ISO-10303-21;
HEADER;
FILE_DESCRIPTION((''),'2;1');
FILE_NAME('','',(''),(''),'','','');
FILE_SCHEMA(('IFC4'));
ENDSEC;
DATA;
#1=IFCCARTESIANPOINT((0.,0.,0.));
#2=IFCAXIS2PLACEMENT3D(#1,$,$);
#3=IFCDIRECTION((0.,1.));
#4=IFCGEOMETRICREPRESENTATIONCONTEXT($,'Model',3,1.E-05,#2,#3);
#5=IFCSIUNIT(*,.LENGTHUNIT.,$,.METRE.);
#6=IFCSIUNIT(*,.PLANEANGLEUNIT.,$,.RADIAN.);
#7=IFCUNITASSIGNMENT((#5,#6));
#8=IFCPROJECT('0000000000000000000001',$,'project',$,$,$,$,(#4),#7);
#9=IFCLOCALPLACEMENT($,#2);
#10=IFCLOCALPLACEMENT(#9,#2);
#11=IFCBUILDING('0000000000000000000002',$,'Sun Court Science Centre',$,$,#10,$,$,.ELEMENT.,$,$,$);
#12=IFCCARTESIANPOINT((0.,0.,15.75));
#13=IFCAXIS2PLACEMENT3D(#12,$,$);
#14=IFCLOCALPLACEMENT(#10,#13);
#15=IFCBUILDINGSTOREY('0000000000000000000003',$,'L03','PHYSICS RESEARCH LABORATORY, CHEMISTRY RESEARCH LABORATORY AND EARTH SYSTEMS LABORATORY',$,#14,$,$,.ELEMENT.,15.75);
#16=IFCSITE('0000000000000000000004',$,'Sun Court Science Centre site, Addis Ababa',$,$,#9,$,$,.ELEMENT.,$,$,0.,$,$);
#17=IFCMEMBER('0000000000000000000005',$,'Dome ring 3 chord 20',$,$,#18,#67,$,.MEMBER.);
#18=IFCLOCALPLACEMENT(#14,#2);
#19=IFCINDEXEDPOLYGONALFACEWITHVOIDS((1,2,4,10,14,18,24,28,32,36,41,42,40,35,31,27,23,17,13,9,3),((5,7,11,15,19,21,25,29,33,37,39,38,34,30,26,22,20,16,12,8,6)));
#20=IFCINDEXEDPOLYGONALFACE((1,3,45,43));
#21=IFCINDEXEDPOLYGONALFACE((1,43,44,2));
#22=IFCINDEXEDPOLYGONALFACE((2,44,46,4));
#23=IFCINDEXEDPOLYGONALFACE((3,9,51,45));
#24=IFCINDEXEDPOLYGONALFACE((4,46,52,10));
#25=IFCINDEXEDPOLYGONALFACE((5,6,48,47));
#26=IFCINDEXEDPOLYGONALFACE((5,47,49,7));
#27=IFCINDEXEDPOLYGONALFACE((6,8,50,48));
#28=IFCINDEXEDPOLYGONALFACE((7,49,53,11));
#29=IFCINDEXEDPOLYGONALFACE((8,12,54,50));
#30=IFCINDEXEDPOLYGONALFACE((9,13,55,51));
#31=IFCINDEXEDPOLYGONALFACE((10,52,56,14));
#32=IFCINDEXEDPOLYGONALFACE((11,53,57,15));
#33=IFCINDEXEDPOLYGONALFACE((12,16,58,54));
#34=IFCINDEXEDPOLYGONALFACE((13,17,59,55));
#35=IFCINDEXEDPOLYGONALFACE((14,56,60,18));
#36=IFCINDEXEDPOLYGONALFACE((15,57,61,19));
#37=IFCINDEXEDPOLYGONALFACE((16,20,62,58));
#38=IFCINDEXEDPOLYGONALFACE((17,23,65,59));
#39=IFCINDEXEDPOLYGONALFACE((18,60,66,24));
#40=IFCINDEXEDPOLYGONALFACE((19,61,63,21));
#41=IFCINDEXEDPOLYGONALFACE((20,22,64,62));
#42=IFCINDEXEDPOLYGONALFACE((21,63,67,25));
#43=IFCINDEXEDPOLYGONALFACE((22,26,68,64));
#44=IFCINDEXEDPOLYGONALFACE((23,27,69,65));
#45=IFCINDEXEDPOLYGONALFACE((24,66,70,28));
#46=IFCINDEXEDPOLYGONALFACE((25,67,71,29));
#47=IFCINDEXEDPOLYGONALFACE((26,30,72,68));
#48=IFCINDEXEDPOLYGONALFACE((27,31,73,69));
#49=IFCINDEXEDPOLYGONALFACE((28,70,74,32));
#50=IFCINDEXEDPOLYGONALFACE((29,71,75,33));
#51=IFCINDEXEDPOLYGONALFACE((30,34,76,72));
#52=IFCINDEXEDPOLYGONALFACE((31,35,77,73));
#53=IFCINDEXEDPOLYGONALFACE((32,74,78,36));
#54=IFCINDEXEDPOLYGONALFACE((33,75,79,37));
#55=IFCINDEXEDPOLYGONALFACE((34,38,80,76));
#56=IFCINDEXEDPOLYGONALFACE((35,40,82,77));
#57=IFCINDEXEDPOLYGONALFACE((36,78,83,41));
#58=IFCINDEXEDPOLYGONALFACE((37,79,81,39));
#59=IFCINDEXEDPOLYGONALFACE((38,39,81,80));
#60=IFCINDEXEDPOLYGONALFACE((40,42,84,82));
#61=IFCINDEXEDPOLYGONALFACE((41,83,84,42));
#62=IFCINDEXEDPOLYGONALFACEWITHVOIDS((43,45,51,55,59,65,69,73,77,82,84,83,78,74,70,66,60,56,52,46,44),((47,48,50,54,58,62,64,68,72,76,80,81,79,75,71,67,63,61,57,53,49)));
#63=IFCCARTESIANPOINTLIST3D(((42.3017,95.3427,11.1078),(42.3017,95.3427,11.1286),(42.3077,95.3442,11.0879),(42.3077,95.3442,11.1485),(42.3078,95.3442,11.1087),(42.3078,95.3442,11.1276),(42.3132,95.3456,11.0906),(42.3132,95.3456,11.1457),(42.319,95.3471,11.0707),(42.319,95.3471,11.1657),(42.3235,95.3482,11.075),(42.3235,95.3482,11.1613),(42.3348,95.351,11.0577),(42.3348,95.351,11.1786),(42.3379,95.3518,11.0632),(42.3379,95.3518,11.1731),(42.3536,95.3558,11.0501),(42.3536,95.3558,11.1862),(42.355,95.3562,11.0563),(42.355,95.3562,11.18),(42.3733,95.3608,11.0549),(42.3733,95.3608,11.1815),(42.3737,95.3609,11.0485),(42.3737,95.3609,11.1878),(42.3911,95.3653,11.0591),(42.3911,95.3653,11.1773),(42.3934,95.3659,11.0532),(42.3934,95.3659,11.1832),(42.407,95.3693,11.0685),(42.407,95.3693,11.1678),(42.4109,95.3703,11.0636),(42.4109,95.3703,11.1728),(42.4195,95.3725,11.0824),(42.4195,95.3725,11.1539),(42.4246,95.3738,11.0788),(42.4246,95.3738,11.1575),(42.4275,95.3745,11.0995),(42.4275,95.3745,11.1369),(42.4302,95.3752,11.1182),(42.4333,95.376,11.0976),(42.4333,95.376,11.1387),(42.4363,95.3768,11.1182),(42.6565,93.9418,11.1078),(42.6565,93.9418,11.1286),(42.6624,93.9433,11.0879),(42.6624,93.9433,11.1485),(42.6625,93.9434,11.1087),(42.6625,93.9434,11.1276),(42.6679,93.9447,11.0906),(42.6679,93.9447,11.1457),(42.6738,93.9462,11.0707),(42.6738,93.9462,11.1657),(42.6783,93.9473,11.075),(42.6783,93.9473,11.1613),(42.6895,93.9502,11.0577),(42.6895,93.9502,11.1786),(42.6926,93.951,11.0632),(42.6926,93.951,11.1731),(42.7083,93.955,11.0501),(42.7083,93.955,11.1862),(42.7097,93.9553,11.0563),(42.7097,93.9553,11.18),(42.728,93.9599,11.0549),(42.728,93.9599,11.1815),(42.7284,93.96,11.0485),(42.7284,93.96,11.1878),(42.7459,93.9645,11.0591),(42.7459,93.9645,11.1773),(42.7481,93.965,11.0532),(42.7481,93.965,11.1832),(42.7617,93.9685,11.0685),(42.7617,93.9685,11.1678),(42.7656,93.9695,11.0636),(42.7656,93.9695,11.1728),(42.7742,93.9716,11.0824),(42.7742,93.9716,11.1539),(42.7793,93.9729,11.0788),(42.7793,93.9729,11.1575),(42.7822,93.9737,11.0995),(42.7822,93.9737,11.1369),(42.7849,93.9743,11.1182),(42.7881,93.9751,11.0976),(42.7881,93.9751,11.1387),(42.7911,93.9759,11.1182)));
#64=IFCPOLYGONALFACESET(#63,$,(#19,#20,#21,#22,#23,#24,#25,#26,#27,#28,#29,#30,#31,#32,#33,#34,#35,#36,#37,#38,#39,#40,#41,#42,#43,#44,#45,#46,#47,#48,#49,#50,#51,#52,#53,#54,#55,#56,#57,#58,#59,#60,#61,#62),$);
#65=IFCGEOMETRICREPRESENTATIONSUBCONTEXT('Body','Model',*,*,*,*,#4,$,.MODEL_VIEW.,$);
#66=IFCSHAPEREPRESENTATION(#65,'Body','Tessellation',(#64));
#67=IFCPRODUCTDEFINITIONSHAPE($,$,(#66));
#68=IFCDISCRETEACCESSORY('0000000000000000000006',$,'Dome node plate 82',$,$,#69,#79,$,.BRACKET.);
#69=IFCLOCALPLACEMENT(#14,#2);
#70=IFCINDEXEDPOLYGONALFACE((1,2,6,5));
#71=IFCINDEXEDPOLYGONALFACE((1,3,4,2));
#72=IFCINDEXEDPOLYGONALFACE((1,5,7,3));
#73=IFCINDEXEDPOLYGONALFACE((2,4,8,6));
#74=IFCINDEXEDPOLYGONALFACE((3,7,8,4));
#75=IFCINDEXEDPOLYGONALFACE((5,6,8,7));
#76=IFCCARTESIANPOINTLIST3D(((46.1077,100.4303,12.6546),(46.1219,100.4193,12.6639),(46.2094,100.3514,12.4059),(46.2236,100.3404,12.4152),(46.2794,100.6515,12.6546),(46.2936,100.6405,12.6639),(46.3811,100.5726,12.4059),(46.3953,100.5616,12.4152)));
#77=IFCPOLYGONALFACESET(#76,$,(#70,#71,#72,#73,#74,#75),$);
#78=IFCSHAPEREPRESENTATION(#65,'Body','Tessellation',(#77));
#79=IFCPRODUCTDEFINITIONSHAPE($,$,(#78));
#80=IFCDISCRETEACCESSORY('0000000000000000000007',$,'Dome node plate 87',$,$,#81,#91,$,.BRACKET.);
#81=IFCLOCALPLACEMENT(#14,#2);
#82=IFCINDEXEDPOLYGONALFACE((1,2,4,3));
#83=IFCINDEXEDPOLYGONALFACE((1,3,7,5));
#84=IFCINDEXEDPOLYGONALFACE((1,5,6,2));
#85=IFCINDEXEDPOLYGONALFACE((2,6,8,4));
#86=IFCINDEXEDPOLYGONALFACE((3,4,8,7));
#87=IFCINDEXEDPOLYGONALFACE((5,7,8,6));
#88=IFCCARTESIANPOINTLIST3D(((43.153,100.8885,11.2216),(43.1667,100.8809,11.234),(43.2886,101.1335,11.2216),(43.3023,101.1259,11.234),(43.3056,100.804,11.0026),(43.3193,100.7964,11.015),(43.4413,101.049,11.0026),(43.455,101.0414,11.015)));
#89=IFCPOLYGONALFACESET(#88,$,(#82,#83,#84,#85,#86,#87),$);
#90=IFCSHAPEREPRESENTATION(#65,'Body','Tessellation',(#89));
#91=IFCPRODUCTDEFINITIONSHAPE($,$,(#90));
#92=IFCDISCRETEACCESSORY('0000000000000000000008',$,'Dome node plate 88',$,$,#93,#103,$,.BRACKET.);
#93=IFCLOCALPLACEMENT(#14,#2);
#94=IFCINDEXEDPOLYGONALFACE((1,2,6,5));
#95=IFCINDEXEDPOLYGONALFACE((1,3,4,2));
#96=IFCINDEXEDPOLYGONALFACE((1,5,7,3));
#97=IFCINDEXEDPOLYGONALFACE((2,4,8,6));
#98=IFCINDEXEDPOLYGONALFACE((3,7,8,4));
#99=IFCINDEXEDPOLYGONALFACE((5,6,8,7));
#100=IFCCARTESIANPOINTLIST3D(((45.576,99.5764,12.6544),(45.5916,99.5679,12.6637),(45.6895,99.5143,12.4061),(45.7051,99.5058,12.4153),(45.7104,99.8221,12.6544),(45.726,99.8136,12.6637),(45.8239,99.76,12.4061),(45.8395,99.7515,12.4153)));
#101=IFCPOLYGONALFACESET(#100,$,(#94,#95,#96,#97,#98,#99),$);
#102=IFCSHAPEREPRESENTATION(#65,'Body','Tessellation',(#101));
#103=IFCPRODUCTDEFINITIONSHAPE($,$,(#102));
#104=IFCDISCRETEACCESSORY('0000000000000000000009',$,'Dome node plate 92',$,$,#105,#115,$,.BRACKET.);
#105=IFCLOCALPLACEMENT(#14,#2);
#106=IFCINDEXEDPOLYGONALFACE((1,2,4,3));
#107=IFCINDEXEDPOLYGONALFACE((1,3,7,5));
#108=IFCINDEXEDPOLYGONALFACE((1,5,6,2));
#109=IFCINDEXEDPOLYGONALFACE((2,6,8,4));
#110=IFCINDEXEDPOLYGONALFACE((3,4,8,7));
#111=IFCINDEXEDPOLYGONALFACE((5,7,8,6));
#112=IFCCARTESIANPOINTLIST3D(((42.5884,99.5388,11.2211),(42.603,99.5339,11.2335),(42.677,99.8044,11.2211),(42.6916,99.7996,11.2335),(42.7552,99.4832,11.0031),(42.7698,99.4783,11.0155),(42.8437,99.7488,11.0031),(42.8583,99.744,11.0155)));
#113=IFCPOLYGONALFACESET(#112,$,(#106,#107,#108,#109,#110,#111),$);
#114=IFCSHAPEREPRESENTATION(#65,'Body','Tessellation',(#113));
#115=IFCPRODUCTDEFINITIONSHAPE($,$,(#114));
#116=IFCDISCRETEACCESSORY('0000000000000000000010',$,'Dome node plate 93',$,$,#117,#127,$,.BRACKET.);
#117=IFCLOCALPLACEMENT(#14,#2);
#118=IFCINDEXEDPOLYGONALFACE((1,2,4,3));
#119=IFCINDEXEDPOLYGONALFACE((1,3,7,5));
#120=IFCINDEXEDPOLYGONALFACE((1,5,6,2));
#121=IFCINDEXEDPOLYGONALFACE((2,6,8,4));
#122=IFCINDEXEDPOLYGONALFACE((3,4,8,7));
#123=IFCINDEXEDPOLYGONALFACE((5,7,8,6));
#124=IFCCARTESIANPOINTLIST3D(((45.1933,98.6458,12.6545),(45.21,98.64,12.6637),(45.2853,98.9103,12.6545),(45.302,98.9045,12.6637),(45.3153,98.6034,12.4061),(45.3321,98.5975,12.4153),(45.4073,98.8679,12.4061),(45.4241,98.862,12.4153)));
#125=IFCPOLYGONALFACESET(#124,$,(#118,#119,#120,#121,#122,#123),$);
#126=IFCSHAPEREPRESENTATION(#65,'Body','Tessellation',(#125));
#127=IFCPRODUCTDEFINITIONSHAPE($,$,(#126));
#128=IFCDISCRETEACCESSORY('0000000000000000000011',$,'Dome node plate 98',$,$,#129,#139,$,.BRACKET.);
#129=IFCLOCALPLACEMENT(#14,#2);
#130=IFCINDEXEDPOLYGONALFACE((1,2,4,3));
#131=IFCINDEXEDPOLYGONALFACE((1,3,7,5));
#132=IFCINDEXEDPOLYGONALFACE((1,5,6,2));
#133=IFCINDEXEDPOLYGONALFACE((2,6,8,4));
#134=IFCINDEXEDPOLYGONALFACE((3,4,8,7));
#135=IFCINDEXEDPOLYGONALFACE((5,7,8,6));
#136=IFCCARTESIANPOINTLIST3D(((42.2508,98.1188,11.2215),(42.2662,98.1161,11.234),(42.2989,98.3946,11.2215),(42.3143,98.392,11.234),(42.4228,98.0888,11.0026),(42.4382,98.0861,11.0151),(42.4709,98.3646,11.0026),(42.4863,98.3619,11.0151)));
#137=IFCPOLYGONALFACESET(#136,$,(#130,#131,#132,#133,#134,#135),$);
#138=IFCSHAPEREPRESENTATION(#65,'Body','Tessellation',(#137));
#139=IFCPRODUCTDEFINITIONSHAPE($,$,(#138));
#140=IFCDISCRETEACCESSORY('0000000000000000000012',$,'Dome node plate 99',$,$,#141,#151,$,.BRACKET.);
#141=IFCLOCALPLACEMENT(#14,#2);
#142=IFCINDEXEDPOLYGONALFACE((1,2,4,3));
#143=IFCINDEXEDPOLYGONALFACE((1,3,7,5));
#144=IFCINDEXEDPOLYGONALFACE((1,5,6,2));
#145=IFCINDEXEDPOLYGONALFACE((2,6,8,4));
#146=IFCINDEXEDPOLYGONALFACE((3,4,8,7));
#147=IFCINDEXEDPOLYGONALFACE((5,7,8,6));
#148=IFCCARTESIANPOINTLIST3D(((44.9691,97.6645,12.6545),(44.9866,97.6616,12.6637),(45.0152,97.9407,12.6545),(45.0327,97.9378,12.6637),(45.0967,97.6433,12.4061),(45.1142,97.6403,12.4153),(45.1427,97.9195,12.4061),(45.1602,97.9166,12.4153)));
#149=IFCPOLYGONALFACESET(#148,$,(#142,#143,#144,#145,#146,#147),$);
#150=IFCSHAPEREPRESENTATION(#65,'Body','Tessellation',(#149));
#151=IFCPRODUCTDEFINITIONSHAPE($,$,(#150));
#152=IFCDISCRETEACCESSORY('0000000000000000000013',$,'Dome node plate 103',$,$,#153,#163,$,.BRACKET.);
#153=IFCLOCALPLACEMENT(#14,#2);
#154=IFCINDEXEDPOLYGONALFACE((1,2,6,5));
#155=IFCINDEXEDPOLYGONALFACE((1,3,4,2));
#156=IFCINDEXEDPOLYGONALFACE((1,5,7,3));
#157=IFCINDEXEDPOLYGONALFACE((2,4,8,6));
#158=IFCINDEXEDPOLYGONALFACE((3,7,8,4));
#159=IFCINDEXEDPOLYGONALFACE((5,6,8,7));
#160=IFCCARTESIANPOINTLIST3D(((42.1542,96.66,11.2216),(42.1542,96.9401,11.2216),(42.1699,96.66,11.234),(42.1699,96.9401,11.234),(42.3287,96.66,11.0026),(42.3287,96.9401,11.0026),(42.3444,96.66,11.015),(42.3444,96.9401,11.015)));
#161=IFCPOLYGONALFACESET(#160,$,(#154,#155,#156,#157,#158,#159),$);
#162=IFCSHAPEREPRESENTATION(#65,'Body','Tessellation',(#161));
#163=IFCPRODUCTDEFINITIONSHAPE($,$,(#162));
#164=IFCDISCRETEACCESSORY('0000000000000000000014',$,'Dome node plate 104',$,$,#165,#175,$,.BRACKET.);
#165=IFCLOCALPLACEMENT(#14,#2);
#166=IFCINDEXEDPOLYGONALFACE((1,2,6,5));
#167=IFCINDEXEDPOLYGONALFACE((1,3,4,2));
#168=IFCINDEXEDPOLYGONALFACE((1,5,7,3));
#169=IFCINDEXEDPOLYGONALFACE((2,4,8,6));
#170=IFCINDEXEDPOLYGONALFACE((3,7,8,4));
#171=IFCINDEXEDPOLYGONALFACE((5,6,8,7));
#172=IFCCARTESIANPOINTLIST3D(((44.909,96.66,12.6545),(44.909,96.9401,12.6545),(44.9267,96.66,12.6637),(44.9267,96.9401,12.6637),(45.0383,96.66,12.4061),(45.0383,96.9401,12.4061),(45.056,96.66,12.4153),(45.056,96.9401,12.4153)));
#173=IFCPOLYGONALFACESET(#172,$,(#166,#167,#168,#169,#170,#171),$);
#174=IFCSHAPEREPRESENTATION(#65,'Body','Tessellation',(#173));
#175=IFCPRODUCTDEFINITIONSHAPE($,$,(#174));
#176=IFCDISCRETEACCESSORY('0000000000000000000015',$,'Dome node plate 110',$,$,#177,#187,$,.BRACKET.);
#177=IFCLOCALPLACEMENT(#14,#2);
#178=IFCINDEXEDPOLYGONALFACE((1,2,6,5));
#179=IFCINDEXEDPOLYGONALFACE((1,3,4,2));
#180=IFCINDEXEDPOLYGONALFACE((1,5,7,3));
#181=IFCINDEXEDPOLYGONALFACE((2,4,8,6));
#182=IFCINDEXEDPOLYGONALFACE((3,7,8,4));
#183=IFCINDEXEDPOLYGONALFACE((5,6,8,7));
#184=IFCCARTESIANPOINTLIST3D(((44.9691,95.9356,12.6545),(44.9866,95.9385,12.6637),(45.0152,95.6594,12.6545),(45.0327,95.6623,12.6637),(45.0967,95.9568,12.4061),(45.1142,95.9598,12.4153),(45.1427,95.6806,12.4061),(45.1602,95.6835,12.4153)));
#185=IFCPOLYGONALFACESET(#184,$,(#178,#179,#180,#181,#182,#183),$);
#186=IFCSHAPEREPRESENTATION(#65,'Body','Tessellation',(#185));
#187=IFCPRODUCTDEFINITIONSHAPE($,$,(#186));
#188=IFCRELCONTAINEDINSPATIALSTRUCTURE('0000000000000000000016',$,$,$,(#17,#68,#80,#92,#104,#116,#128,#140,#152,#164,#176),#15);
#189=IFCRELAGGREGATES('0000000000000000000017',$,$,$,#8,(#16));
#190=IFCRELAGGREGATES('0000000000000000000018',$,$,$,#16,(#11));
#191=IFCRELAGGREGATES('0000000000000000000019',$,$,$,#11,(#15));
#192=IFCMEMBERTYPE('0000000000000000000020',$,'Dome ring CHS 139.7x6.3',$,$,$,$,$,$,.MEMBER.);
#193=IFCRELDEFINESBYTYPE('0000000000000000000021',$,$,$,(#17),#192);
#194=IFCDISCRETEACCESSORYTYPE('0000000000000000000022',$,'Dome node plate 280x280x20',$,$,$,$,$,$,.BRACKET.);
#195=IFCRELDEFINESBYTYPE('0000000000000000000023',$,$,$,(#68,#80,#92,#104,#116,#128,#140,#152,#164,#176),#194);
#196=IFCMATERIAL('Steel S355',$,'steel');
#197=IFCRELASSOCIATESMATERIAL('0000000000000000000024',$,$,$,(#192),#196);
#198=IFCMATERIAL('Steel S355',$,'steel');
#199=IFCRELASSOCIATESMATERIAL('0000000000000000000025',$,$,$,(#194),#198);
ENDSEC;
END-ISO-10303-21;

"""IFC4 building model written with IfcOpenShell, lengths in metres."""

from ifc_helpers import new_model, si_unit, direction, frame, origin, origin_2d, place, context, subcontext, project, spatial, rectangle, hollow_circle, extrude, material, material_profile, profile_set, type_object, element, save


model = new_model("IFC4")

# Units and contexts
model_context = context("Model", 3, precision=1e-05, world=origin(), true_north=direction((0.0, 1.0)))
body_context = subcontext(model_context, "Body", "Model", "MODEL_VIEW")
ifc_project = project(units=[si_unit("LENGTHUNIT", "METRE"), si_unit("PLANEANGLEUNIT", "RADIAN")], contexts=[model_context])

# Site, building, storey
site_placement = place(None, origin())
site = spatial("IfcSite", under=ifc_project, at=site_placement, Name="Sun Court Science Centre site, Addis Ababa", CompositionType="ELEMENT", RefElevation=0.0)
building_placement = place(site_placement, origin())
building = spatial("IfcBuilding", under=site, at=building_placement, Name="Sun Court Science Centre", CompositionType="ELEMENT")
storey_placement = place(building_placement, frame((0.0, 0.0, 15.75)))
storey = spatial("IfcBuildingStorey", under=building, at=storey_placement, Name="L03", Description="PHYSICS RESEARCH LABORATORY, CHEMISTRY RESEARCH LABORATORY AND EARTH SYSTEMS LABORATORY", CompositionType="ELEMENT", Elevation=15.75)

# Member
ifc_material_1 = material(Name="Steel S355", Category="steel")
ifc_material_profile_1 = material_profile(ifc_material_1, hollow_circle(Radius=0.0698, WallThickness=0.0063, at=origin_2d()), Name="CHS 139.7x6.3")
ifc_profile_set_1 = profile_set([ifc_material_profile_1], Name="Steel S355")
member_type_1 = type_object("IfcMemberType", Name="Dome ring CHS 139.7x6.3", PredefinedType="MEMBER", material=ifc_profile_set_1)
member_1_placement = place(storey_placement, frame((42.3687, 95.3596, 11.1182), z_axis=(0.245476, -0.969403, 0.0), x_axis=(0.969403, 0.245476, 0.0)))
element("IfcMember", 1, at=member_1_placement, inside=storey, type_object=member_type_1, Name="Dome ring 3 chord 20", PredefinedType="MEMBER", context=body_context, shape_type="SweptSolid", body=[
    extrude(hollow_circle(Radius=0.0698, WallThickness=0.0063, at=origin_2d()), origin(), (0.0, 0.0, 1.0), 1.4451),
])

# Discrete accessories
ifc_material_2 = material(Name="Steel S355", Category="steel")
ifc_material_profile_2 = material_profile(ifc_material_2, rectangle(XDim=0.28, YDim=0.28, at=origin_2d()), Name="PL 280x280")
ifc_profile_set_2 = profile_set([ifc_material_profile_2], Name="Steel S355")
discrete_accessory_type = type_object("IfcDiscreteAccessoryType", Name="Dome node plate 280x280x20", PredefinedType="BRACKET", material=ifc_profile_set_2)
discrete_accessory_1_placement = place(storey_placement, frame((46.2444, 100.5015, 12.5303), z_axis=(0.701653, -0.544386, 0.459704), x_axis=(0.612997, 0.790085, 0.0)))
element("IfcDiscreteAccessory", 2, at=discrete_accessory_1_placement, inside=storey, type_object=discrete_accessory_type, Name="Dome node plate 82", PredefinedType="BRACKET", context=body_context, shape_type="SweptSolid", body=[
    extrude(rectangle(XDim=0.28, YDim=0.28, at=origin_2d()), origin(), (0.0, 0.0, 1.0), 0.0203),
])
for number, where, z_axis, x_axis, name in (
    (3, (43.2971, 100.9688, 11.1121), (0.684251, -0.378782, 0.623157), (0.484316, 0.874893, 0.0), "Dome node plate 87"),
    (4, (45.7, 99.6682, 12.5303), (0.778119, -0.425534, 0.462008), (0.479812, 0.877371, 0.0), "Dome node plate 88"),
):
    element("IfcDiscreteAccessory", number, at=place(storey_placement, frame(where, z_axis=z_axis, x_axis=x_axis)), inside=storey, type_object=discrete_accessory_type, Name=name, PredefinedType="BRACKET", context=body_context, shape_type="SweptSolid", body=[
        extrude(rectangle(XDim=0.28, YDim=0.28, at=origin_2d()), origin(), (0.0, 0.0, 1.0), 0.02),
    ])
discrete_accessory_2_placement = place(storey_placement, frame((42.7161, 99.6438, 11.1121), z_axis=(0.738493, -0.246164, 0.627719), x_axis=(0.316228, 0.948683, 0.0)))
element("IfcDiscreteAccessory", 5, at=discrete_accessory_2_placement, inside=storey, type_object=discrete_accessory_type, Name="Dome node plate 92", PredefinedType="BRACKET", context=body_context, shape_type="SweptSolid", body=[
    extrude(rectangle(XDim=0.28, YDim=0.28, at=origin_2d()), origin(), (0.0, 0.0, 1.0), 0.0198),
])
for number, where, z_axis, x_axis, name in (
    (6, (45.3003, 98.7568, 12.5303), (0.837919, -0.29145, 0.461463), (0.328521, 0.944497, 0.0), "Dome node plate 93"),
    (7, (42.3608, 98.2417, 11.1121), (0.770185, -0.134477, 0.623483), (0.172001, 0.985097, 0.0), "Dome node plate 98"),
    (8, (45.0559, 97.792, 12.5303), (0.874931, -0.145822, 0.461769), (0.164399, 0.986394, 0.0), "Dome node plate 99"),
    (9, (42.2415, 96.8, 11.1121), (0.78206, 0.0, 0.623204), (0.0, 1.0, 0.0), "Dome node plate 103"),
    (10, (44.9736, 96.8, 12.5303), (0.887018, 0.0, 0.461735), (0.0, 1.0, 0.0), "Dome node plate 104"),
    (11, (45.0559, 95.8081, 12.5303), (0.874931, 0.145822, 0.461769), (-0.164399, 0.986394, 0.0), "Dome node plate 110"),
):
    element("IfcDiscreteAccessory", number, at=place(storey_placement, frame(where, z_axis=z_axis, x_axis=x_axis)), inside=storey, type_object=discrete_accessory_type, Name=name, PredefinedType="BRACKET", context=body_context, shape_type="SweptSolid", body=[
        extrude(rectangle(XDim=0.28, YDim=0.28, at=origin_2d()), origin(), (0.0, 0.0, 1.0), 0.02),
    ])

save(model, "model.ifc")
